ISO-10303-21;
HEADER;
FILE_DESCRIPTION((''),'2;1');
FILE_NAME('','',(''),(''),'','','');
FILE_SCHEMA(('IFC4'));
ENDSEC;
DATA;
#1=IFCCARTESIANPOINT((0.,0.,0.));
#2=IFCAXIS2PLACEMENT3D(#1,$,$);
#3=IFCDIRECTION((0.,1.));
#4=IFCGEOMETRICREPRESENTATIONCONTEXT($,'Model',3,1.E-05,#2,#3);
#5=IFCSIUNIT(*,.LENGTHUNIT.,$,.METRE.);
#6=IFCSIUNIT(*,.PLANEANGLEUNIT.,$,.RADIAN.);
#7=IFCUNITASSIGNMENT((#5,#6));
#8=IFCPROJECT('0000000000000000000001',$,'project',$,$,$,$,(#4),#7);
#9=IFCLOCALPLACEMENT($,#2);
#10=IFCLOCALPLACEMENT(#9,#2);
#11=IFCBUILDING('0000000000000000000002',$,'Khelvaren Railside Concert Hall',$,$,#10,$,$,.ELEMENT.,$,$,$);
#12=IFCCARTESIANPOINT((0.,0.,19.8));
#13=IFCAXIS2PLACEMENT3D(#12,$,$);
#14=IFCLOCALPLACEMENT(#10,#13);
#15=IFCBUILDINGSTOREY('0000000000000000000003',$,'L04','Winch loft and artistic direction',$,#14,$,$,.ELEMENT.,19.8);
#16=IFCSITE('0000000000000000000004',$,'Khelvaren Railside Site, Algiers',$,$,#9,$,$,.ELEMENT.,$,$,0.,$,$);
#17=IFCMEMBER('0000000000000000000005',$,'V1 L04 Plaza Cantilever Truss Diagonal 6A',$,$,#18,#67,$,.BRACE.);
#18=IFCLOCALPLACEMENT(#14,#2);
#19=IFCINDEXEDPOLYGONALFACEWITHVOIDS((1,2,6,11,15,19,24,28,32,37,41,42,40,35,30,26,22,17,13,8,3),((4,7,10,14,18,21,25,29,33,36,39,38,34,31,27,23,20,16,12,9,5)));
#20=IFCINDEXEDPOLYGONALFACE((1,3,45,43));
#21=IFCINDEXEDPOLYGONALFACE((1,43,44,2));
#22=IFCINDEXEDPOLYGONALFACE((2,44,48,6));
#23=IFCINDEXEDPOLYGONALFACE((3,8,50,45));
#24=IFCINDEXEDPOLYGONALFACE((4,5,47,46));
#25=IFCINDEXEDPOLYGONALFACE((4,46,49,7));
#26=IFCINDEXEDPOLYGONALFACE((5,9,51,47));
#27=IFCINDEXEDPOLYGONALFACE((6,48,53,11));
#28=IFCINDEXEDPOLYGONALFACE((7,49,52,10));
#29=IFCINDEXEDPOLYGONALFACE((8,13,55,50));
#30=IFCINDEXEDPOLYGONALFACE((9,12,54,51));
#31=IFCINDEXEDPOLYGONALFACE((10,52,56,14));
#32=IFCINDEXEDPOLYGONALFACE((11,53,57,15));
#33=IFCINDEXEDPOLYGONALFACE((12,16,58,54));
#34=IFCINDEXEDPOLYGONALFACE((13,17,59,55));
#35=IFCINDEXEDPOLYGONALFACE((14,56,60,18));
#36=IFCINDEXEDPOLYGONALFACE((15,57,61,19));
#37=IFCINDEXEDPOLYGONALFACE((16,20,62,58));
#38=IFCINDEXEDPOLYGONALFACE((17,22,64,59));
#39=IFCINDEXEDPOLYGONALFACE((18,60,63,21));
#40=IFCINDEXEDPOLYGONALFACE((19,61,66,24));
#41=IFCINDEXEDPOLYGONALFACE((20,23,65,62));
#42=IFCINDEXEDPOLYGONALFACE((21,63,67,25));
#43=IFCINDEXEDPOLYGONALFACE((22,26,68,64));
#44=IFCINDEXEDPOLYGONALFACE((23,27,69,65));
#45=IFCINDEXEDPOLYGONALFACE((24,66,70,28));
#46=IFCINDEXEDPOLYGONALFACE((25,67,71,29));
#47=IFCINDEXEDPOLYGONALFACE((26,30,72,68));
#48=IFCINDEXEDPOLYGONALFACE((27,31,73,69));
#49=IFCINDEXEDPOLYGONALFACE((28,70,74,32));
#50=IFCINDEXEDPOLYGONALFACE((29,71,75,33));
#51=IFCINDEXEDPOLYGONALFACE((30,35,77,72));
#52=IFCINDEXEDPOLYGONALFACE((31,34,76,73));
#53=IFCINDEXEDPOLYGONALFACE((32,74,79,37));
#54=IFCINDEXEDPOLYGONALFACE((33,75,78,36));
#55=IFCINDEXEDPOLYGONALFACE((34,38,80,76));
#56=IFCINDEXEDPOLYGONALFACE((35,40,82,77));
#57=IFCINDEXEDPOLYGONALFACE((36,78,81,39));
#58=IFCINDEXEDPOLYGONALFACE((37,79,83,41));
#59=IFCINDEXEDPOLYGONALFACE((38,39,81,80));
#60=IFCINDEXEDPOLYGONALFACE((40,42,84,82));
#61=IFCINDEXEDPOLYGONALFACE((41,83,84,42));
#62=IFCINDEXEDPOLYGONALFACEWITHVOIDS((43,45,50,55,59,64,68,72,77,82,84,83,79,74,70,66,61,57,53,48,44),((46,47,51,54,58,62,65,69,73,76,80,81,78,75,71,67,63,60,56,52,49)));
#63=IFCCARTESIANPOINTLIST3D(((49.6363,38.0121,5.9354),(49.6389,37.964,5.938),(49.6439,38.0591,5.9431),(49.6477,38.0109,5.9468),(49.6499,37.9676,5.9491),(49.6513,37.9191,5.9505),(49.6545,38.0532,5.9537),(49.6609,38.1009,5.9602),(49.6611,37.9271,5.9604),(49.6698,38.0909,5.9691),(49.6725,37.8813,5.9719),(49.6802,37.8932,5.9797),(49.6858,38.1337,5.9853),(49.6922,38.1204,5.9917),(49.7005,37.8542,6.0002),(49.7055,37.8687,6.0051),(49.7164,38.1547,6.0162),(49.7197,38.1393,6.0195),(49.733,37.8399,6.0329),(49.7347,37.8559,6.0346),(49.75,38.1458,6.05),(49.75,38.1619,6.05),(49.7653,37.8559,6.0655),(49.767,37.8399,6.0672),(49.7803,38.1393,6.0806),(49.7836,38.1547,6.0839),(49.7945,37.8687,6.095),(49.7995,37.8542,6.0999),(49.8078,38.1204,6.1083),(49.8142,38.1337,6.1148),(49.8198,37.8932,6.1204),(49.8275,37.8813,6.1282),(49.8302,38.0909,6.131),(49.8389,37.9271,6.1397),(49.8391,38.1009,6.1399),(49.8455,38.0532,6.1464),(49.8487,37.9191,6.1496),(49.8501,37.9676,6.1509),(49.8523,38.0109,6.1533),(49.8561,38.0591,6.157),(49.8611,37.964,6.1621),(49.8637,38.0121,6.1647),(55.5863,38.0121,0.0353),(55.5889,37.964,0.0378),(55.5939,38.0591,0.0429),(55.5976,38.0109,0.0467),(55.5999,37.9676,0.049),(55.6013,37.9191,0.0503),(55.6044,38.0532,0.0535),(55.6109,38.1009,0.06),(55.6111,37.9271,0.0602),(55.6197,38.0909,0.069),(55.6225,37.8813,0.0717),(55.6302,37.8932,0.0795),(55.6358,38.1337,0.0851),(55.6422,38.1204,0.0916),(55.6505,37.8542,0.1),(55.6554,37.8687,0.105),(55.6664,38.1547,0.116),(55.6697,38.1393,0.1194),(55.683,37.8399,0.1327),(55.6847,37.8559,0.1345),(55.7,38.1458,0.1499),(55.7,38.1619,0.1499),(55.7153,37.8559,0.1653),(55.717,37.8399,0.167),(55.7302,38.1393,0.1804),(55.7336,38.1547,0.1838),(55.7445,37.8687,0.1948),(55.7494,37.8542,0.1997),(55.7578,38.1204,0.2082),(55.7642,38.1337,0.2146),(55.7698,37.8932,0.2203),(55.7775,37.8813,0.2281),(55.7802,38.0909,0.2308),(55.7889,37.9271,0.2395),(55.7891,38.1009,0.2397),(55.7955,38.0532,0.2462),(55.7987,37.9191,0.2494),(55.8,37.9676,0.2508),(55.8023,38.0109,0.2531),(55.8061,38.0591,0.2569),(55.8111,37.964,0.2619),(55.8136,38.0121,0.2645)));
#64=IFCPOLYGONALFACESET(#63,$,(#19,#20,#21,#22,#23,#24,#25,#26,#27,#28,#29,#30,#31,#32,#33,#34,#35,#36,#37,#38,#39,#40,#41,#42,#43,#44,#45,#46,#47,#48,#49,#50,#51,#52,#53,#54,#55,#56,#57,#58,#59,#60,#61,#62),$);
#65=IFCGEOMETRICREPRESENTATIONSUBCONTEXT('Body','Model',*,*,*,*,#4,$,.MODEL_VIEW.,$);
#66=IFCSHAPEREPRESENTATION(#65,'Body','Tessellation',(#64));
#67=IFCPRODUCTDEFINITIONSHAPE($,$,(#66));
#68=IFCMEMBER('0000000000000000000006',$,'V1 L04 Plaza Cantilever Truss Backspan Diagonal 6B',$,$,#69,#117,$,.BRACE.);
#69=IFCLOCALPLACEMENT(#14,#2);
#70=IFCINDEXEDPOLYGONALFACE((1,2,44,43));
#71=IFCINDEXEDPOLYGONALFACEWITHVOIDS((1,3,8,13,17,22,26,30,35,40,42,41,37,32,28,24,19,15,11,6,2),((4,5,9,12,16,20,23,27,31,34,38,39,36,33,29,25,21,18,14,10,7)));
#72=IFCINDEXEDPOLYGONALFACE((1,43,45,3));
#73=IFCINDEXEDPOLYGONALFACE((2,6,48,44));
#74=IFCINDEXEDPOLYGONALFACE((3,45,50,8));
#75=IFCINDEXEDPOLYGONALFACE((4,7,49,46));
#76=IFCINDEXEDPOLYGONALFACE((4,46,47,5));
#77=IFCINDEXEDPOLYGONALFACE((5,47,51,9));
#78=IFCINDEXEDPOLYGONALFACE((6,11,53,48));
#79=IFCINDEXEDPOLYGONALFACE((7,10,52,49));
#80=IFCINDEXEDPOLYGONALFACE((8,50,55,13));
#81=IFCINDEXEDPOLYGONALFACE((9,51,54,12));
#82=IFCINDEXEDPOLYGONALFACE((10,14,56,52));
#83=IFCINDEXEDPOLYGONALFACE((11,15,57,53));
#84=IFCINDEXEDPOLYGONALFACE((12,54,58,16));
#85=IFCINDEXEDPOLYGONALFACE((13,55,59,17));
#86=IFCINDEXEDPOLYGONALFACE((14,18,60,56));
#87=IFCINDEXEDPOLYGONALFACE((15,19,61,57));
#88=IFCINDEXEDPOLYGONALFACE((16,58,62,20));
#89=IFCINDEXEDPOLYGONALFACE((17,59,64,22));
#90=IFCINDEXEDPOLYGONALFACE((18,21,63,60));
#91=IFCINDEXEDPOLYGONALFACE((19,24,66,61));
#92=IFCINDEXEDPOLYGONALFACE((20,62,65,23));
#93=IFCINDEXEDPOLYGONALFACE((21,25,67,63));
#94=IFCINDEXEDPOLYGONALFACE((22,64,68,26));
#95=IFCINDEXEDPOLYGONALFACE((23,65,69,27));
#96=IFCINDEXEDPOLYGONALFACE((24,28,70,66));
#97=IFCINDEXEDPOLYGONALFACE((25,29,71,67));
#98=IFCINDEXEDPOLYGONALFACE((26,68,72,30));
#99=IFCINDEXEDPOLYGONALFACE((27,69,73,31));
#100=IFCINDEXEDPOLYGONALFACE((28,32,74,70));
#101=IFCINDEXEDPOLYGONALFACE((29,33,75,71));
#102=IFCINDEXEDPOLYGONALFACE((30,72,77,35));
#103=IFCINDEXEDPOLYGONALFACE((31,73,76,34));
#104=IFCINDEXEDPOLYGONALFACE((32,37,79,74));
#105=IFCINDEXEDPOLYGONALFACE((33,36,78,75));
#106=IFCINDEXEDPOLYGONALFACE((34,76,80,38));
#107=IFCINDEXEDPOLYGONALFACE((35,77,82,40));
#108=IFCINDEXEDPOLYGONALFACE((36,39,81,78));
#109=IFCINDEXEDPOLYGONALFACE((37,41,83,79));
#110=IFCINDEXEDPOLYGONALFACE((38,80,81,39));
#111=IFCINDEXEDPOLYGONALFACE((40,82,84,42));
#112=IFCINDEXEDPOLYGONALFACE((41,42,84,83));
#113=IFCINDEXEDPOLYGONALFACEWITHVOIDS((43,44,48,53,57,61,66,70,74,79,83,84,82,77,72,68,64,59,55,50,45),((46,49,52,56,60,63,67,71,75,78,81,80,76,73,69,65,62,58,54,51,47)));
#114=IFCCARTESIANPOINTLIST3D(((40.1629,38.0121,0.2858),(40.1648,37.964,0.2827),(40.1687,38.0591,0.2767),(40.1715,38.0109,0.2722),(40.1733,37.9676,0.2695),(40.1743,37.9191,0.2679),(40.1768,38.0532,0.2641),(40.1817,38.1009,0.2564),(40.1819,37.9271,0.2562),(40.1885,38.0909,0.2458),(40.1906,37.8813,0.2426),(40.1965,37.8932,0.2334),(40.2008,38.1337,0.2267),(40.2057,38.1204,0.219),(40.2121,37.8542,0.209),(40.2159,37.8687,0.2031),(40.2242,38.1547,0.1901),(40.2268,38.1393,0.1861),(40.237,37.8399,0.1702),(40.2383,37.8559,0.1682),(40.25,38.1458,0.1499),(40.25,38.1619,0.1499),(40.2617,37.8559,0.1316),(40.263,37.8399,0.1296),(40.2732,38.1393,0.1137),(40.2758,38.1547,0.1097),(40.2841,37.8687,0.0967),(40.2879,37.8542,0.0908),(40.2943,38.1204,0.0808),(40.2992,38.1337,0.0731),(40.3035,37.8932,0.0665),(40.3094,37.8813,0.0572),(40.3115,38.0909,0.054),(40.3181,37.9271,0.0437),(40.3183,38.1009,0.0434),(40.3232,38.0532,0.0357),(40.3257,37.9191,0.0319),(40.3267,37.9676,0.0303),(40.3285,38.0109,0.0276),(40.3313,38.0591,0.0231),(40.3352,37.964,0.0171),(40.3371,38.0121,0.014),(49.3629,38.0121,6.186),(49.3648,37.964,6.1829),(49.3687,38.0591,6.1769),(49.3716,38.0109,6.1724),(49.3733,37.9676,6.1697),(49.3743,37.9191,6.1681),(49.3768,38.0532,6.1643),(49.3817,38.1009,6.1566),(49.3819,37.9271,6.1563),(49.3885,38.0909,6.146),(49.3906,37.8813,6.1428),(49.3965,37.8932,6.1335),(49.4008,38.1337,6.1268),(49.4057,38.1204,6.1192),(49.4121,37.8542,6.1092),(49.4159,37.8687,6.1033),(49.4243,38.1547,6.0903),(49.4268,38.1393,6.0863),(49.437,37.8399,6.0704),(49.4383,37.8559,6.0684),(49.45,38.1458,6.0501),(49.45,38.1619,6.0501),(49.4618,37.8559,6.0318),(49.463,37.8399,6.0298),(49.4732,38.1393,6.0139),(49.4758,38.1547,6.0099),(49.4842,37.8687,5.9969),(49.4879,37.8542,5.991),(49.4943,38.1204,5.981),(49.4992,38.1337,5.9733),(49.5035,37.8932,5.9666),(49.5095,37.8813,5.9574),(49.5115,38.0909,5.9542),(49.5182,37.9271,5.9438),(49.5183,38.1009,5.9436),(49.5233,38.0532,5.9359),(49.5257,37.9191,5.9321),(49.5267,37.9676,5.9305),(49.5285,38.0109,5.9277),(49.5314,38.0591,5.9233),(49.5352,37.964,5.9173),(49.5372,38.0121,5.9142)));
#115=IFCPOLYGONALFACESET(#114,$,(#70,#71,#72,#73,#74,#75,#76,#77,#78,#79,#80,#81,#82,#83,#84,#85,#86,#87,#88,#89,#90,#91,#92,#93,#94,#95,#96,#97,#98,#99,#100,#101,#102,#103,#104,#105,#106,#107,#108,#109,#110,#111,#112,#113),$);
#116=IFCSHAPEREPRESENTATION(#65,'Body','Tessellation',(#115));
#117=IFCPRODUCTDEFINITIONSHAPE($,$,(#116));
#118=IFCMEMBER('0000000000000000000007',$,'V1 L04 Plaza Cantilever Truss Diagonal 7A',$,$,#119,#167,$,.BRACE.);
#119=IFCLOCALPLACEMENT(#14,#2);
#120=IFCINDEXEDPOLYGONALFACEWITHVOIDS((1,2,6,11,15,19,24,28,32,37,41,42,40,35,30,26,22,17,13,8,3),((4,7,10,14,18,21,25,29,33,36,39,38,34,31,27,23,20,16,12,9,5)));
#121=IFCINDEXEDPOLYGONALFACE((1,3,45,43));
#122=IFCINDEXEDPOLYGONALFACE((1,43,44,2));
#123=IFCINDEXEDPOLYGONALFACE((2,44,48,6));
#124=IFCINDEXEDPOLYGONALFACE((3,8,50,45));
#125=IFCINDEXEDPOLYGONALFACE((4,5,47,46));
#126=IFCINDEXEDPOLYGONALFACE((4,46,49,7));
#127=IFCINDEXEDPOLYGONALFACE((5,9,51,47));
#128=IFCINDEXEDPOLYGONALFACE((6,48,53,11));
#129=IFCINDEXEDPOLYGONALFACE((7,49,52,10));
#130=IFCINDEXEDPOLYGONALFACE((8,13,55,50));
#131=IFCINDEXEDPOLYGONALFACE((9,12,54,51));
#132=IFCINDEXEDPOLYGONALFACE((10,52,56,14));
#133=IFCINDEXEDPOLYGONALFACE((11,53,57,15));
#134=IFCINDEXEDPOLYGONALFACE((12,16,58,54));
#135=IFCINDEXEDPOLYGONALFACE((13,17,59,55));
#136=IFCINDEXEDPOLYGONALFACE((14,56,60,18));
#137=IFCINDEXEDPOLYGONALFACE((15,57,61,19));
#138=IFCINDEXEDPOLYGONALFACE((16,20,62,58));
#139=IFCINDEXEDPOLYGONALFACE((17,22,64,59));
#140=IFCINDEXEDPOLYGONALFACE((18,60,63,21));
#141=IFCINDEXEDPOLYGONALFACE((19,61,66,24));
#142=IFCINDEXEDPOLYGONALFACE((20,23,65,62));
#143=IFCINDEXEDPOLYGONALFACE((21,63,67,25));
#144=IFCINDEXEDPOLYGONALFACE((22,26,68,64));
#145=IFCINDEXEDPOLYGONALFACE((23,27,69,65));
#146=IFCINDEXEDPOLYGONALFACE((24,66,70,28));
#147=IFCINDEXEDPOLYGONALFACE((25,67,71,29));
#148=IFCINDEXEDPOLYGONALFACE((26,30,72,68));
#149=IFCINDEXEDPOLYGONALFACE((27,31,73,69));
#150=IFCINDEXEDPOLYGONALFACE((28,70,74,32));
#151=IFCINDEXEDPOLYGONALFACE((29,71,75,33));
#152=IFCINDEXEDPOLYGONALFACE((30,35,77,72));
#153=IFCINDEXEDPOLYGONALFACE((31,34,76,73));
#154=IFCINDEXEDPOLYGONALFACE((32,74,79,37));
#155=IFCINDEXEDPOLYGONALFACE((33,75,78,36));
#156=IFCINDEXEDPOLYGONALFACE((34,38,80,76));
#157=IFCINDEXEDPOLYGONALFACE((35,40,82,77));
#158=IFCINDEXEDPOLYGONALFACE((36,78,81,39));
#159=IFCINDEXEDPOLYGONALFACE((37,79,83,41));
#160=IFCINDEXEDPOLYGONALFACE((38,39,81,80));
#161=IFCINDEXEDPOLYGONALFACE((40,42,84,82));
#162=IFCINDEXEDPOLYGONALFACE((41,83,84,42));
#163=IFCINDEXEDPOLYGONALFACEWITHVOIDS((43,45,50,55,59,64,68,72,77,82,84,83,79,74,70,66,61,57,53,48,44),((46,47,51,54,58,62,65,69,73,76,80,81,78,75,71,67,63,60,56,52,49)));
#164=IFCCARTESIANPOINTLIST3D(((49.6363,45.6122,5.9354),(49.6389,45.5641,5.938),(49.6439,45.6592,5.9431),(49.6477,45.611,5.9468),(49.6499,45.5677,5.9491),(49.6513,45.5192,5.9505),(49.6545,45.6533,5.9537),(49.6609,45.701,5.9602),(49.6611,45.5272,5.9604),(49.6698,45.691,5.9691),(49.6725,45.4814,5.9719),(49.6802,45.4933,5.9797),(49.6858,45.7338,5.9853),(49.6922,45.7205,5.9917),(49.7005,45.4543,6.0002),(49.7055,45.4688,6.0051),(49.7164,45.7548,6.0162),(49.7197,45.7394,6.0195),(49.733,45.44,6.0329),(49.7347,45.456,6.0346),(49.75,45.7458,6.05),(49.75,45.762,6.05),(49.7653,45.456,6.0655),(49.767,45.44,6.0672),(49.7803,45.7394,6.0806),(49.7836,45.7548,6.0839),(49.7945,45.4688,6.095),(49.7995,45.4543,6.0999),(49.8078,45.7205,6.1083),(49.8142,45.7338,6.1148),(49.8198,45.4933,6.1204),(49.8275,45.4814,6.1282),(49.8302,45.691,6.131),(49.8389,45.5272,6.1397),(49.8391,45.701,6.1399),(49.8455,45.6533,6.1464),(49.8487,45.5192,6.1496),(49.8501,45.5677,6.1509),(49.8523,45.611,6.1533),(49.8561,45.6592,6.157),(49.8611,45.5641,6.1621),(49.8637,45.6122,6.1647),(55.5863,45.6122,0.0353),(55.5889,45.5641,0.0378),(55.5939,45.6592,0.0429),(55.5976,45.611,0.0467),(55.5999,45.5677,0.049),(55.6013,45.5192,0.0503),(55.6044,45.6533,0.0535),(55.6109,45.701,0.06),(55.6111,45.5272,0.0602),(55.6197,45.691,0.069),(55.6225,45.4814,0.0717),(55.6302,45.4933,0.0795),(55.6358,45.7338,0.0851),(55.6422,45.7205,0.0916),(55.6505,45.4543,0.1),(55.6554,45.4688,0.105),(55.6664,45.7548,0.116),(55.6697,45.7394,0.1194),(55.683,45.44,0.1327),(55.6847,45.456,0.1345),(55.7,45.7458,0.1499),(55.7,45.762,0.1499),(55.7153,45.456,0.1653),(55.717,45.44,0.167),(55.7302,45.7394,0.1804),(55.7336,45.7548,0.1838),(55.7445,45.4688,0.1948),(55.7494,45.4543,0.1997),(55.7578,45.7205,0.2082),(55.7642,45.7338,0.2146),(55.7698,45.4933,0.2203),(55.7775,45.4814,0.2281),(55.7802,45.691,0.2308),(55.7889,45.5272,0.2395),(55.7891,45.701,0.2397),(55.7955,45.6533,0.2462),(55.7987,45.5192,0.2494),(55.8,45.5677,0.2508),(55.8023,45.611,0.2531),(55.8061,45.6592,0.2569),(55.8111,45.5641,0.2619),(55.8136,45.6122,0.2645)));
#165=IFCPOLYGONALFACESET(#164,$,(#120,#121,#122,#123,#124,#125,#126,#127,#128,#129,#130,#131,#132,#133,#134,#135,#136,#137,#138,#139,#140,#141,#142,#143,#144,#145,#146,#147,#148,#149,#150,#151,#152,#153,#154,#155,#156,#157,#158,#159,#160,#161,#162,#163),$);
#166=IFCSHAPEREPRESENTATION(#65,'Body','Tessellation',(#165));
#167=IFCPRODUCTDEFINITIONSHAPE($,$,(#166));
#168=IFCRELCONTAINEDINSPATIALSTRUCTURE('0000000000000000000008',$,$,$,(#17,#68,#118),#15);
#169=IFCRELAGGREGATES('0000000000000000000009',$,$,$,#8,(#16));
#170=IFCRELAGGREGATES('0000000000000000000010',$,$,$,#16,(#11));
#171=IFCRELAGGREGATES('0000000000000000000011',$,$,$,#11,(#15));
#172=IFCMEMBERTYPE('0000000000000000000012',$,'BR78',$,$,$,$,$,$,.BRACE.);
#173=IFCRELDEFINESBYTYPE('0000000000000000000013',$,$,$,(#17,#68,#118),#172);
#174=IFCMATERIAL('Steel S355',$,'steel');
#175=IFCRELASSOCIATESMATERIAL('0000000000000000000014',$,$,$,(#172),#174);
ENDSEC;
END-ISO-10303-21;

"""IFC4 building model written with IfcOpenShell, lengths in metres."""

from ifc_helpers import new_model, si_unit, direction, frame, origin, origin_2d, place, context, subcontext, project, spatial, hollow_circle, extrude, material, material_profile, profile_set, type_object, element, save


model = new_model("IFC4")

# Units and contexts
model_context = context("Model", 3, precision=1e-05, world=origin(), true_north=direction((0.0, 1.0)))
body_context = subcontext(model_context, "Body", "Model", "MODEL_VIEW")
ifc_project = project(units=[si_unit("LENGTHUNIT", "METRE"), si_unit("PLANEANGLEUNIT", "RADIAN")], contexts=[model_context])

# Site, building, storey
site_placement = place(None, origin())
site = spatial("IfcSite", under=ifc_project, at=site_placement, Name="Khelvaren Railside Site, Algiers", CompositionType="ELEMENT", RefElevation=0.0)
building_placement = place(site_placement, origin())
building = spatial("IfcBuilding", under=site, at=building_placement, Name="Khelvaren Railside Concert Hall", CompositionType="ELEMENT")
storey_placement = place(building_placement, frame((0.0, 0.0, 19.8)))
storey = spatial("IfcBuildingStorey", under=building, at=storey_placement, Name="L04", Description="Winch loft and artistic direction", CompositionType="ELEMENT", Elevation=19.8)

# Shared definitions
ifc_material_1 = material(Name="Steel S355", Category="steel")

# Members
ifc_material_profile_1 = material_profile(ifc_material_1, hollow_circle(Radius=0.1619, WallThickness=0.0161, at=origin_2d()), Name="CHS 323.9x16")
ifc_profile_set_1 = profile_set([ifc_material_profile_1], Name="Steel S355")
member_type_1 = type_object("IfcMemberType", Name="BR78", PredefinedType="BRACE", material=ifc_profile_set_1)
member_1_placement = place(storey_placement, frame((49.75, 38.0, 6.05), z_axis=(0.710072, 0.0, -0.704129), x_axis=(0.0, 1.0, 0.0)))
element("IfcMember", 1, at=member_1_placement, inside=storey, type_object=member_type_1, Name="V1 L04 Plaza Cantilever Truss Diagonal 6A", PredefinedType="BRACE", context=body_context, shape_type="SweptSolid", body=[
    extrude(hollow_circle(Radius=0.1619, WallThickness=0.0161, at=origin_2d()), origin(), (0.0, 0.0, 1.0), 8.3794),
])
member_2_placement = place(storey_placement, frame((40.25, 38.0, 0.1499), z_axis=(0.841765, 0.0, 0.539844), x_axis=(0.0, 1.0, 0.0)))
element("IfcMember", 2, at=member_2_placement, inside=storey, type_object=member_type_1, Name="V1 L04 Plaza Cantilever Truss Backspan Diagonal 6B", PredefinedType="BRACE", context=body_context, shape_type="SweptSolid", body=[
    extrude(hollow_circle(Radius=0.1619, WallThickness=0.0161, at=origin_2d()), origin(), (0.0, 0.0, 1.0), 10.9294),
])
member_3_placement = place(storey_placement, frame((49.75, 45.6001, 6.05), z_axis=(0.710072, 0.0, -0.704129), x_axis=(0.0, 1.0, 0.0)))
element("IfcMember", 3, at=member_3_placement, inside=storey, type_object=member_type_1, Name="V1 L04 Plaza Cantilever Truss Diagonal 7A", PredefinedType="BRACE", context=body_context, shape_type="SweptSolid", body=[
    extrude(hollow_circle(Radius=0.1619, WallThickness=0.0161, at=origin_2d()), origin(), (0.0, 0.0, 1.0), 8.3794),
])

save(model, "model.ifc")
